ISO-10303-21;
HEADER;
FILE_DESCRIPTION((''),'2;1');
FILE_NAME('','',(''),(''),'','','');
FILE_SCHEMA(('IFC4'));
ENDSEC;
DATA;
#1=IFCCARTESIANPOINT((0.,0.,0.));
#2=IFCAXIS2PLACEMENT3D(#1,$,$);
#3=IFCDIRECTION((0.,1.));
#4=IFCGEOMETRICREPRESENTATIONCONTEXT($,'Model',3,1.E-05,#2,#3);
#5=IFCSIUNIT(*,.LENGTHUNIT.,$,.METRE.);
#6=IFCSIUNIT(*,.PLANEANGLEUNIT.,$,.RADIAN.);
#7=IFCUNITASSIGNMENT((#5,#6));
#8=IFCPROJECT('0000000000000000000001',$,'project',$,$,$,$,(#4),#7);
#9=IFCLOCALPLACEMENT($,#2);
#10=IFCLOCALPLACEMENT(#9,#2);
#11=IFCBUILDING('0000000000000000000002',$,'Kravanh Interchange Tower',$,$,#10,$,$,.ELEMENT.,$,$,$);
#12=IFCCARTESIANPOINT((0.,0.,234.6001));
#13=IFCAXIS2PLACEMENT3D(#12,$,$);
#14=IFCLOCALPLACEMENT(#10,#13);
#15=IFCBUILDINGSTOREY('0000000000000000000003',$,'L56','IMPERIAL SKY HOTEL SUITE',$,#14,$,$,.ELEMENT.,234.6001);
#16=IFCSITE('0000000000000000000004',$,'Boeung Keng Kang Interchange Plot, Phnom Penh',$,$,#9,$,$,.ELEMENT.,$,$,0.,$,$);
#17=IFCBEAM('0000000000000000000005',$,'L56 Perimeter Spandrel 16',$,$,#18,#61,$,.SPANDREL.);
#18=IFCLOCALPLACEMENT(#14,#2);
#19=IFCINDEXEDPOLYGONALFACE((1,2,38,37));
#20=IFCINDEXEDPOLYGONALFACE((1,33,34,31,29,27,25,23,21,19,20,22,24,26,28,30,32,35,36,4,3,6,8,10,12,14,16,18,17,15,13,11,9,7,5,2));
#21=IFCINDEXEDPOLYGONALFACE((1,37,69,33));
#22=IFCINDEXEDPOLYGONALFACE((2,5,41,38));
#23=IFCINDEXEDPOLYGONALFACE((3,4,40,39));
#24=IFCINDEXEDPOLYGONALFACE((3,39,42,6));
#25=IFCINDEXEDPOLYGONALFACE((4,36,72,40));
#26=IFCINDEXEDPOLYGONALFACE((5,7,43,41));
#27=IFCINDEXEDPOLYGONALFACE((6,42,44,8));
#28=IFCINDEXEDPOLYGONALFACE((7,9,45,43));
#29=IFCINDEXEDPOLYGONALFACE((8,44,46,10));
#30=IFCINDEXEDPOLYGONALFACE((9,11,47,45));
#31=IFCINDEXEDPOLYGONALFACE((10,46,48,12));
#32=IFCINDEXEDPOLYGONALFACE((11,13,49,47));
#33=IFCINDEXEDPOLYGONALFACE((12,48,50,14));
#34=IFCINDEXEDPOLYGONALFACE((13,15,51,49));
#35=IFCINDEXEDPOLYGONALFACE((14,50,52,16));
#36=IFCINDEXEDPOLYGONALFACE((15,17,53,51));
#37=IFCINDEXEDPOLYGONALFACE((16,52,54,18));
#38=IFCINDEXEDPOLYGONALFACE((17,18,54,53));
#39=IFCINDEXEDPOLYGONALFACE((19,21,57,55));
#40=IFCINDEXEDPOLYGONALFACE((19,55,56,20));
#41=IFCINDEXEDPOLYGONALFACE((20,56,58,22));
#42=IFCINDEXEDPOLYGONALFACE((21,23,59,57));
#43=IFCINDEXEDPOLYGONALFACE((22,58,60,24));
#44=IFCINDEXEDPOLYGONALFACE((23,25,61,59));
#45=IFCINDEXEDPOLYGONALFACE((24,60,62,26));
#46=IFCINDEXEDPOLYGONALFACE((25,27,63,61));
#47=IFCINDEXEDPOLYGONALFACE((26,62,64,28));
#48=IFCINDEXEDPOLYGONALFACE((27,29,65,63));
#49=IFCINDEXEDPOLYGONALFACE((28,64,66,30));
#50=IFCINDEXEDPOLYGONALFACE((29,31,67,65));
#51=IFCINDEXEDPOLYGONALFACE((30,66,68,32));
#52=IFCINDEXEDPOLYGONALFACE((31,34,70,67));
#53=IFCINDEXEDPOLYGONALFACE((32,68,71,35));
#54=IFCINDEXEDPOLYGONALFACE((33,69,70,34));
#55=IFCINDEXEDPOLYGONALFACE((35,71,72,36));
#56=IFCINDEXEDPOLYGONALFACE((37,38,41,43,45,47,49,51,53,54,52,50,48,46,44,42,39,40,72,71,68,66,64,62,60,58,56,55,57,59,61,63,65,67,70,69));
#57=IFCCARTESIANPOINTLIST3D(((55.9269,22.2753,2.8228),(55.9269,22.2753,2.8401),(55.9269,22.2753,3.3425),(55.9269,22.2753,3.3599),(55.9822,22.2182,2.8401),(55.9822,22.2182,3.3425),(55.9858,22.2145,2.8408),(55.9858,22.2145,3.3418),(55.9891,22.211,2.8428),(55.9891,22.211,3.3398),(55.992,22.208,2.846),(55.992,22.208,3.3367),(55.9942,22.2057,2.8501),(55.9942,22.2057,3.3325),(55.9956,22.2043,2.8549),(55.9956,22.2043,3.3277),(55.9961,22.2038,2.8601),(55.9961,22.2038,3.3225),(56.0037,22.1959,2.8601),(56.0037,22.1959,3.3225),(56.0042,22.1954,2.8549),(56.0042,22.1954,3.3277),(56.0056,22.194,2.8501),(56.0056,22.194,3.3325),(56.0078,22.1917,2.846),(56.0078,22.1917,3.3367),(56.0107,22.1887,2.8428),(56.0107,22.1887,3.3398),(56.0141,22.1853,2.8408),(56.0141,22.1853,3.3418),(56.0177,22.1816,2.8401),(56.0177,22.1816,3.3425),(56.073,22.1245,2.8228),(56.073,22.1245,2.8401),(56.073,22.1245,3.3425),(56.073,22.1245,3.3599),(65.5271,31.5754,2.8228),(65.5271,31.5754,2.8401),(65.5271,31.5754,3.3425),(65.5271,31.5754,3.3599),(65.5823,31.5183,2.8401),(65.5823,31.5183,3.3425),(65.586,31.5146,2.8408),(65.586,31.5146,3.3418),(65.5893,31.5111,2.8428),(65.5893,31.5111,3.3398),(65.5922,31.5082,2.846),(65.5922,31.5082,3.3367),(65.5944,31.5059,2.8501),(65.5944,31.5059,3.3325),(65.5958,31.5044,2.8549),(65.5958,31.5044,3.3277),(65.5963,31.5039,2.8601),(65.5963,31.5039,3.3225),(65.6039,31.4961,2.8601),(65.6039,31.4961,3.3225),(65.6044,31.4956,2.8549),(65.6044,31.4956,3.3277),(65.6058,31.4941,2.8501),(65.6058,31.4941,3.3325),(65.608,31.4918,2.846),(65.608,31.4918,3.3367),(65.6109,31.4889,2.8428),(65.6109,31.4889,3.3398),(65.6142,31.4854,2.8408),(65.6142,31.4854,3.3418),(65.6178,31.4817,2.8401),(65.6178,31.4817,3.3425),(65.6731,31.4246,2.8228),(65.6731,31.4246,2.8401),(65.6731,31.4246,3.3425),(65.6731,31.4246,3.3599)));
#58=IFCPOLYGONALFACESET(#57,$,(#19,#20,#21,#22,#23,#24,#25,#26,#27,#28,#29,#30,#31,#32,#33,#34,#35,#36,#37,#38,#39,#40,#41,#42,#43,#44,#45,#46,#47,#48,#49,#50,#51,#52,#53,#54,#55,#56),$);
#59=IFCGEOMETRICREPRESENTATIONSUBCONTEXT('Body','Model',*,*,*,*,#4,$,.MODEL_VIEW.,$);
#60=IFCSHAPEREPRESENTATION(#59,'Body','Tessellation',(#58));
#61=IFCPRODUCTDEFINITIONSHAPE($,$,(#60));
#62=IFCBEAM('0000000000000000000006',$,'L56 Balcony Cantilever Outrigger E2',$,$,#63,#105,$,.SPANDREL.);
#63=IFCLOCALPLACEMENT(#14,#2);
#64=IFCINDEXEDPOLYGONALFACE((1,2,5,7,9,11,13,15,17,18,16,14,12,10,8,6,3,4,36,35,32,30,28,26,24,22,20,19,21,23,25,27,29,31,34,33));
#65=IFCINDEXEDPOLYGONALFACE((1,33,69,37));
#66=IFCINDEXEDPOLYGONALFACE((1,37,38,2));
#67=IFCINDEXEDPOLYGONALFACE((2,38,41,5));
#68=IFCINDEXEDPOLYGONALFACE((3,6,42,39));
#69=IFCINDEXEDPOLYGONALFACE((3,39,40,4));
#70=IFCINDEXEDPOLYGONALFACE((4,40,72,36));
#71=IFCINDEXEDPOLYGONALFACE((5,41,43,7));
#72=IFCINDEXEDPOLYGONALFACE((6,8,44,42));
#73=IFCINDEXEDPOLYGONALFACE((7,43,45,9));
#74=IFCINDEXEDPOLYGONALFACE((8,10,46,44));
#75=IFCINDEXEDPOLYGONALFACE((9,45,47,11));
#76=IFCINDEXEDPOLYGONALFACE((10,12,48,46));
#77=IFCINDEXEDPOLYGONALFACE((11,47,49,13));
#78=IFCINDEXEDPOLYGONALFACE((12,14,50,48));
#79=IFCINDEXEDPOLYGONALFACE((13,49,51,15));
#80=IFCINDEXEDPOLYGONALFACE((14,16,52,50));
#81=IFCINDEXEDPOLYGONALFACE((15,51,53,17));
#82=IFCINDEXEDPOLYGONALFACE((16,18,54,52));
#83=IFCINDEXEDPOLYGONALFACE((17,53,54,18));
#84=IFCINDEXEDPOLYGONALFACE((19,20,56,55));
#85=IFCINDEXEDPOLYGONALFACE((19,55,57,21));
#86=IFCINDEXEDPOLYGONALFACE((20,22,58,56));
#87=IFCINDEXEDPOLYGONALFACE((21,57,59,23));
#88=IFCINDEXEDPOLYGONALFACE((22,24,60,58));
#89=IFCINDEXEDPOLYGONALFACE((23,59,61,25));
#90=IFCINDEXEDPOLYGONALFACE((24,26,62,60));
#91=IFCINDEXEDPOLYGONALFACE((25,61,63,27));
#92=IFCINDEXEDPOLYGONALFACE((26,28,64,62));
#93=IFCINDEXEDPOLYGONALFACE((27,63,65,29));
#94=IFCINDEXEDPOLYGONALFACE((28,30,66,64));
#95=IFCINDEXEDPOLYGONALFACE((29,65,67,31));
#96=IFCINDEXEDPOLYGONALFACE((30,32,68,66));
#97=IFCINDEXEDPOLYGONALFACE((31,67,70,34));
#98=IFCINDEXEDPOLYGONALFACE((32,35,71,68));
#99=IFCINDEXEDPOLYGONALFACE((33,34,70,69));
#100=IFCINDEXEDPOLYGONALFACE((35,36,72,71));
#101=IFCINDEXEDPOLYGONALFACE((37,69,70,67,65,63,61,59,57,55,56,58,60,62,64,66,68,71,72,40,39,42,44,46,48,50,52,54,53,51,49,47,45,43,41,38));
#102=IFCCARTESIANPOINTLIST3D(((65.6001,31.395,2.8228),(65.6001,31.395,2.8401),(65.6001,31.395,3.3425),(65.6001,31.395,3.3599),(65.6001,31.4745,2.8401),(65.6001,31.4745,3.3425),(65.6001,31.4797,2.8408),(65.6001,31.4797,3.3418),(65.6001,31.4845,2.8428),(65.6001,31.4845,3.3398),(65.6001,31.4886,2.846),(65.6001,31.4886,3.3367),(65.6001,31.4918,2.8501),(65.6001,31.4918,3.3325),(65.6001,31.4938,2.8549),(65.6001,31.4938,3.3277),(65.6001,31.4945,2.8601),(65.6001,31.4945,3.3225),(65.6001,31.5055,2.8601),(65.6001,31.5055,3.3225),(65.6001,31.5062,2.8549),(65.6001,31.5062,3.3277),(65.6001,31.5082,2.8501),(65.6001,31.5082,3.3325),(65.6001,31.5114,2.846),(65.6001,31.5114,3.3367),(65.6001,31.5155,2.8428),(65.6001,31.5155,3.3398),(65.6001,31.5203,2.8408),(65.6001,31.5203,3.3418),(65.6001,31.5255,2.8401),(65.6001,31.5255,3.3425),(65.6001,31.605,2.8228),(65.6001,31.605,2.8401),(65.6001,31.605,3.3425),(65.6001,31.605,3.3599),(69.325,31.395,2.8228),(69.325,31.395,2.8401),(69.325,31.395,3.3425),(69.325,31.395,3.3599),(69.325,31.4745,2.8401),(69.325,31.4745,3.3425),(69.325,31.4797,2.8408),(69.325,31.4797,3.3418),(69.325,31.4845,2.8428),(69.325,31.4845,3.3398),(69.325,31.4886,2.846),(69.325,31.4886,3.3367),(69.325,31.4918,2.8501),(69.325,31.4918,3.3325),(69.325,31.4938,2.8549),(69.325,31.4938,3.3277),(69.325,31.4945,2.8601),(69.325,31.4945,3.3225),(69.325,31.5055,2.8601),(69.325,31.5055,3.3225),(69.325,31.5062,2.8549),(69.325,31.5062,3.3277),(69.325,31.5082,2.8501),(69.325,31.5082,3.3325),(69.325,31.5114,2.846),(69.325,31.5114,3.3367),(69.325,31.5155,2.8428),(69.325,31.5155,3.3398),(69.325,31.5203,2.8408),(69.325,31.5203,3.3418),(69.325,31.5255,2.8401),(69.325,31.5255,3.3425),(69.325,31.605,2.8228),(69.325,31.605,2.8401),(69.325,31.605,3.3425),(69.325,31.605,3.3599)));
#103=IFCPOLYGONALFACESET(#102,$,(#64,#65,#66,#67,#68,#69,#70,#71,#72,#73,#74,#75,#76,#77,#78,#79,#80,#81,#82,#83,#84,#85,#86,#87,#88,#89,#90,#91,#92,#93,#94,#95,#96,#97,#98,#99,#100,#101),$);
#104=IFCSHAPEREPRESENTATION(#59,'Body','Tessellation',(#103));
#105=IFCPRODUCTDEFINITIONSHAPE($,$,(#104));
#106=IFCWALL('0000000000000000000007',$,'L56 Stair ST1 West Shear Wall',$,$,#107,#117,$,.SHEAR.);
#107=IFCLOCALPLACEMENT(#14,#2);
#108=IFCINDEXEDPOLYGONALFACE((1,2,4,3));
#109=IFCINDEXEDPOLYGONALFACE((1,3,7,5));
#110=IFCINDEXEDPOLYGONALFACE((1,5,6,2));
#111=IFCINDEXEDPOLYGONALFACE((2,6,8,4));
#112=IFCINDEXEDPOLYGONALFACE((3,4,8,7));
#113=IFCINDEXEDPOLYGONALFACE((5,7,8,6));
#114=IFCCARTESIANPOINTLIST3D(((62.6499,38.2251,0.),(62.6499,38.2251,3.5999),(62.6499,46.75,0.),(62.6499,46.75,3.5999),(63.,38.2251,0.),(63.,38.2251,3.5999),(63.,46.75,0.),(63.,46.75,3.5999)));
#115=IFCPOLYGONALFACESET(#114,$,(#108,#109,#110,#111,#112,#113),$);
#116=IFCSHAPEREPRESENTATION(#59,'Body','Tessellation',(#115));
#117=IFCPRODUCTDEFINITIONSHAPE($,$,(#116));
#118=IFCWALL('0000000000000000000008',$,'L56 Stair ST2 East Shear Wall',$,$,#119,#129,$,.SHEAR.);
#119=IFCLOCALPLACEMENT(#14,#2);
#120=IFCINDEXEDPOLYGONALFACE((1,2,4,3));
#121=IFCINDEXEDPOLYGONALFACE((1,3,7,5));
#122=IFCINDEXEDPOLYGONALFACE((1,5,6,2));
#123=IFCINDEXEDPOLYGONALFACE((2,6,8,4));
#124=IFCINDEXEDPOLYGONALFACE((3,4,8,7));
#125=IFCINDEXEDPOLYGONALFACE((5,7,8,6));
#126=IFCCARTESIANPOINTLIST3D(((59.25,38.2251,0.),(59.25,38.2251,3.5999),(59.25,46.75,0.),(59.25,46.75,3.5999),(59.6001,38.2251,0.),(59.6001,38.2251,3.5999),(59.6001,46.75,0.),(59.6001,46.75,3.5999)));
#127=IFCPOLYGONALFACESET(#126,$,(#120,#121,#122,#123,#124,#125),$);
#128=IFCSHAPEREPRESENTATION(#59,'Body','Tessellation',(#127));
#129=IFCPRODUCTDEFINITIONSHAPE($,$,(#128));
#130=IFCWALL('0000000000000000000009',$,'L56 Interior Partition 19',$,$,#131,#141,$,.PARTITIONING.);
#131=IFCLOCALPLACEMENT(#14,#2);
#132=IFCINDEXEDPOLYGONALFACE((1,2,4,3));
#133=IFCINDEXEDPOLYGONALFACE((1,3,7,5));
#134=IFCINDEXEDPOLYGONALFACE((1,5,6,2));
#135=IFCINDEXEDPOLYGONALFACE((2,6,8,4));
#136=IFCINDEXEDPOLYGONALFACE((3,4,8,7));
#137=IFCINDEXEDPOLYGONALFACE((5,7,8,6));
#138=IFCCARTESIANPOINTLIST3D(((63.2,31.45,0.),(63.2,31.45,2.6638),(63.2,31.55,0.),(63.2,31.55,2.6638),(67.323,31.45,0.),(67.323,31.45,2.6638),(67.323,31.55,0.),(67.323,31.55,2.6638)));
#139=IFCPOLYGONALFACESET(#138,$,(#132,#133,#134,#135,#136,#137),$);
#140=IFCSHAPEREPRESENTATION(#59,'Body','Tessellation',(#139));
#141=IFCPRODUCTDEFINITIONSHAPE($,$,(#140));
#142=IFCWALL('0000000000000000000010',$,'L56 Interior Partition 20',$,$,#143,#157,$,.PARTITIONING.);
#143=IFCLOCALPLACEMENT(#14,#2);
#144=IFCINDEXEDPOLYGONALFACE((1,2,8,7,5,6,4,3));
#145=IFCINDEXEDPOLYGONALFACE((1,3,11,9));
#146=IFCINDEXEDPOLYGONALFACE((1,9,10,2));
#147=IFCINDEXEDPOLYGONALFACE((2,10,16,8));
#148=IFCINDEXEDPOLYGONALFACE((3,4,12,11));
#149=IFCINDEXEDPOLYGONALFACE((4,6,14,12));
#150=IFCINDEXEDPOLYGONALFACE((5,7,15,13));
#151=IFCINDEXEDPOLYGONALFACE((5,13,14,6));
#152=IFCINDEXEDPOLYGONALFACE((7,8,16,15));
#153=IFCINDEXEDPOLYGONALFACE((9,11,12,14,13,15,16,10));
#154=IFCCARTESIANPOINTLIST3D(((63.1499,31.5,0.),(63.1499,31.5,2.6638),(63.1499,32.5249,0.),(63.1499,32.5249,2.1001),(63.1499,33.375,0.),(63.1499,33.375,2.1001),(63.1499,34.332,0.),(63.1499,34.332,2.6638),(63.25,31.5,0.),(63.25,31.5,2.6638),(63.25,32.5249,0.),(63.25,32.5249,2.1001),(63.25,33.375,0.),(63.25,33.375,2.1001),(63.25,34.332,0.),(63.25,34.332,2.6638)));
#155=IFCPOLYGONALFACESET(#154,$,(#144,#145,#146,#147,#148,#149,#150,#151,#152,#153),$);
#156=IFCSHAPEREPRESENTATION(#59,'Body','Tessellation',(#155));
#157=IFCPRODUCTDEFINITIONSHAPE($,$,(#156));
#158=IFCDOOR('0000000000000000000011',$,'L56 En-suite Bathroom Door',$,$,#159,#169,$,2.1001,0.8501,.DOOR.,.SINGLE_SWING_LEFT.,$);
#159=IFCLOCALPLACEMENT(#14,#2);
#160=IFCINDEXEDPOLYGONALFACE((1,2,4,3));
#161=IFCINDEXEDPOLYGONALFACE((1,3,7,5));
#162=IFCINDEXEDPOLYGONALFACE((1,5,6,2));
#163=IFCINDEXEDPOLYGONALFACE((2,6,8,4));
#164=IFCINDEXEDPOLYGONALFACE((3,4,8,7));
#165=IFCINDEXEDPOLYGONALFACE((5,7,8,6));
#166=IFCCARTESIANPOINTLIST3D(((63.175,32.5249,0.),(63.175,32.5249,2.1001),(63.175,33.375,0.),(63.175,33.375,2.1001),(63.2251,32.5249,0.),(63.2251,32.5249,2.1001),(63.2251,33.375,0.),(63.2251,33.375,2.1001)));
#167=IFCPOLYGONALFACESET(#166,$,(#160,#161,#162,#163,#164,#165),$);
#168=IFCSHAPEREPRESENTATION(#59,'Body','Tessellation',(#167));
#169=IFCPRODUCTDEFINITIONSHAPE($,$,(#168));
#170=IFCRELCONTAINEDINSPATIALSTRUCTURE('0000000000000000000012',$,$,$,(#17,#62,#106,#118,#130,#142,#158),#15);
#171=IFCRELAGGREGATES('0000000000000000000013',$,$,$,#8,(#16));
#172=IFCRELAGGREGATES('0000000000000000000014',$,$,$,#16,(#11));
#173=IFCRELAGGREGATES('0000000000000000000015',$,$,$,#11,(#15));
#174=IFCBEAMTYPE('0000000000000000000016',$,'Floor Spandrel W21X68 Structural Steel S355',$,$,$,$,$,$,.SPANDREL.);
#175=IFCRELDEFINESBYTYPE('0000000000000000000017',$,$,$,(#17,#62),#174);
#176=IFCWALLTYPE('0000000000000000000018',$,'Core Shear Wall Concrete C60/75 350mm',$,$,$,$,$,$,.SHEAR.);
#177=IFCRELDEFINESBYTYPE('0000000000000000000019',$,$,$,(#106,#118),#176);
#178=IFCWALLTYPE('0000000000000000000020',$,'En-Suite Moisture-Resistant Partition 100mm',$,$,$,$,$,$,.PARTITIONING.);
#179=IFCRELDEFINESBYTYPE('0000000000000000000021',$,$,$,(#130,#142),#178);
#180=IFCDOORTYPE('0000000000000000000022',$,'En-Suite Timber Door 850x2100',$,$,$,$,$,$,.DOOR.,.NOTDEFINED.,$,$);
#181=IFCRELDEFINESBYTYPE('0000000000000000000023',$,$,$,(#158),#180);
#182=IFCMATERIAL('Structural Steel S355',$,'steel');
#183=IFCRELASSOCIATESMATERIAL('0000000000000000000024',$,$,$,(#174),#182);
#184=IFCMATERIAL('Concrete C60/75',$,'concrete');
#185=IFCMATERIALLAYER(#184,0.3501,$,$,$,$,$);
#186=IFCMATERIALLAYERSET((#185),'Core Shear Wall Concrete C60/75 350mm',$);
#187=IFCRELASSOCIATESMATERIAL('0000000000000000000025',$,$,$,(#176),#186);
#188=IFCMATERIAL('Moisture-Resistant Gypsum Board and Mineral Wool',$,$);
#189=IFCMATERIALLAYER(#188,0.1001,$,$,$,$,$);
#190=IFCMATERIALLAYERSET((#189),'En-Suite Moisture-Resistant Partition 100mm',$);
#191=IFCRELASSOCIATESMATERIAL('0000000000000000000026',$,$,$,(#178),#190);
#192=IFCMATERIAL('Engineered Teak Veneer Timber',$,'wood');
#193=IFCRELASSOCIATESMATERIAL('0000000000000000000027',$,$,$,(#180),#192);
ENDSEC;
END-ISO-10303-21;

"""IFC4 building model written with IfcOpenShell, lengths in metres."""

from ifc_helpers import new_model, si_unit, direction, frame, frame_2d, origin, origin_2d, place, context, subcontext, project, spatial, rectangle, i_section, extrude, material, layer, layer_set, material_profile, profile_set, type_object, element, fill, save


model = new_model("IFC4")

# Units and contexts
model_context = context("Model", 3, precision=1e-05, world=origin(), true_north=direction((0.0, 1.0)))
body_context = subcontext(model_context, "Body", "Model", "MODEL_VIEW")
ifc_project = project(units=[si_unit("LENGTHUNIT", "METRE"), si_unit("PLANEANGLEUNIT", "RADIAN")], contexts=[model_context])

# Site, building, storey
site_placement = place(None, origin())
site = spatial("IfcSite", under=ifc_project, at=site_placement, Name="Boeung Keng Kang Interchange Plot, Phnom Penh", CompositionType="ELEMENT", RefElevation=0.0)
building_placement = place(site_placement, origin())
building = spatial("IfcBuilding", under=site, at=building_placement, Name="Kravanh Interchange Tower", CompositionType="ELEMENT")
storey_placement = place(building_placement, frame((0.0, 0.0, 234.6001)))
storey = spatial("IfcBuildingStorey", under=building, at=storey_placement, Name="L56", Description="IMPERIAL SKY HOTEL SUITE", CompositionType="ELEMENT", Elevation=234.6001)

# Beams
ifc_material_1 = material(Name="Structural Steel S355", Category="steel")
ifc_material_profile_1 = material_profile(ifc_material_1, i_section(OverallWidth=0.21, OverallDepth=0.5371, WebThickness=0.011, FlangeThickness=0.0173, FilletRadius=0.02, at=origin_2d()), Name="W21X68")
ifc_profile_set_1 = profile_set([ifc_material_profile_1], Name="Structural Steel S355")
beam_type_1 = type_object("IfcBeamType", Name="Floor Spandrel W21X68 Structural Steel S355", PredefinedType="SPANDREL", material=ifc_profile_set_1)
beam_1_placement = place(storey_placement, frame((65.6001, 31.5, 3.0913), z_axis=(-0.718242, -0.695793, 0.0), x_axis=(0.695793, -0.718242, 0.0)))
element("IfcBeam", 1, at=beam_1_placement, inside=storey, type_object=beam_type_1, Name="L56 Perimeter Spandrel 16", PredefinedType="SPANDREL", context=body_context, shape_type="SweptSolid", body=[
    extrude(i_section(OverallWidth=0.21, OverallDepth=0.5371, WebThickness=0.011, FlangeThickness=0.0173, FilletRadius=0.02, at=origin_2d()), origin(), (0.0, 0.0, 1.0), 13.3662),
])
beam_2_placement = place(storey_placement, frame((65.6001, 31.5, 3.0913), z_axis=(1.0, 0.0, 0.0), x_axis=(0.0, 1.0, 0.0)))
element("IfcBeam", 2, at=beam_2_placement, inside=storey, type_object=beam_type_1, Name="L56 Balcony Cantilever Outrigger E2", PredefinedType="SPANDREL", context=body_context, shape_type="SweptSolid", body=[
    extrude(i_section(OverallWidth=0.21, OverallDepth=0.5371, WebThickness=0.011, FlangeThickness=0.0173, FilletRadius=0.02, at=origin_2d()), origin(), (0.0, 0.0, 1.0), 3.7249),
])

# Walls
ifc_material_2 = material(Name="Concrete C60/75", Category="concrete")
ifc_layer_1 = layer(ifc_material_2, 0.3501)
ifc_layer_set_1 = layer_set([ifc_layer_1], Name="Core Shear Wall Concrete C60/75 350mm")
wall_type_1 = type_object("IfcWallType", Name="Core Shear Wall Concrete C60/75 350mm", PredefinedType="SHEAR", material=ifc_layer_set_1)
for number, where, z_axis, x_axis, name in (
    (3, (62.825, 38.2251, 0.0), (0.0, 0.0, 1.0), (0.0, 1.0, 0.0), "L56 Stair ST1 West Shear Wall"),
    (4, (59.425, 38.2251, 0.0), (0.0, 0.0, 1.0), (0.0, 1.0, 0.0), "L56 Stair ST2 East Shear Wall"),
):
    element("IfcWall", number, at=place(storey_placement, frame(where, z_axis=z_axis, x_axis=x_axis)), inside=storey, type_object=wall_type_1, Name=name, PredefinedType="SHEAR", context=body_context, shape_type="SweptSolid", body=[
        extrude(rectangle(XDim=8.5249, YDim=0.3501, at=frame_2d((4.2625, 0.0))), origin(), (0.0, 0.0, 1.0), 3.5999),
    ])
ifc_material_3 = material(Name="Moisture-Resistant Gypsum Board and Mineral Wool")
ifc_layer_2 = layer(ifc_material_3, 0.1001)
ifc_layer_set_2 = layer_set([ifc_layer_2], Name="En-Suite Moisture-Resistant Partition 100mm")
wall_type_2 = type_object("IfcWallType", Name="En-Suite Moisture-Resistant Partition 100mm", PredefinedType="PARTITIONING", material=ifc_layer_set_2)
wall_1_placement = place(storey_placement, frame((63.2, 31.5, 0.0), z_axis=(0.0, 0.0, 1.0), x_axis=(1.0, 0.0, 0.0)))
element("IfcWall", 5, at=wall_1_placement, inside=storey, type_object=wall_type_2, Name="L56 Interior Partition 19", PredefinedType="PARTITIONING", context=body_context, shape_type="SweptSolid", body=[
    extrude(rectangle(XDim=4.123, YDim=0.1001, at=frame_2d((2.0615, 0.0))), origin(), (0.0, 0.0, 1.0), 2.6638),
])

# Wall, opening, door
wall_2_placement = place(storey_placement, frame((63.2, 31.5, 0.0), z_axis=(0.0, 0.0, 1.0), x_axis=(0.0, 1.0, 0.0)))
wall_2 = element("IfcWall", 6, at=wall_2_placement, inside=storey, type_object=wall_type_2, Name="L56 Interior Partition 20", PredefinedType="PARTITIONING", context=body_context, shape_type="SweptSolid", body=[
    extrude(rectangle(XDim=2.832, YDim=0.1001, at=frame_2d((1.416, 0.0))), origin(), (0.0, 0.0, 1.0), 2.6638),
])
opening_1_placement = place(wall_2_placement, frame((1.0249, 0.0, 0.0)))
opening_1 = element("IfcOpeningElement", 7, at=opening_1_placement, cuts=wall_2, PredefinedType="OPENING", context=body_context, shape_type="SweptSolid", body=[
    extrude(rectangle(XDim=0.8501, YDim=2.1001, at=frame_2d((0.425, 1.05))), frame((0.0, 0.0601, 0.0), z_axis=(0.0, -1.0, 0.0), x_axis=(1.0, 0.0, 0.0)), (0.0, 0.0, 1.0), 0.1201),
])
ifc_material_4 = material(Name="Engineered Teak Veneer Timber", Category="wood")
door_type_1 = type_object("IfcDoorType", Name="En-Suite Timber Door 850x2100", OperationType="NOTDEFINED", PredefinedType="DOOR", material=ifc_material_4)
door_1_placement = place(opening_1_placement, origin())
door_1 = element("IfcDoor", 8, at=door_1_placement, inside=storey, type_object=door_type_1, Name="L56 En-suite Bathroom Door", OperationType="SINGLE_SWING_LEFT", OverallHeight=2.1001, OverallWidth=0.8501, PredefinedType="DOOR", context=body_context, shape_type="SweptSolid", body=[
    extrude(rectangle(XDim=0.8501, YDim=2.1001, at=frame_2d((0.425, 1.05))), frame((0.0, 0.0249, 0.0), z_axis=(0.0, -1.0, 0.0), x_axis=(1.0, 0.0, 0.0)), (0.0, 0.0, 1.0), 0.05),
])
fill(opening_1, door_1)

save(model, "model.ifc")
